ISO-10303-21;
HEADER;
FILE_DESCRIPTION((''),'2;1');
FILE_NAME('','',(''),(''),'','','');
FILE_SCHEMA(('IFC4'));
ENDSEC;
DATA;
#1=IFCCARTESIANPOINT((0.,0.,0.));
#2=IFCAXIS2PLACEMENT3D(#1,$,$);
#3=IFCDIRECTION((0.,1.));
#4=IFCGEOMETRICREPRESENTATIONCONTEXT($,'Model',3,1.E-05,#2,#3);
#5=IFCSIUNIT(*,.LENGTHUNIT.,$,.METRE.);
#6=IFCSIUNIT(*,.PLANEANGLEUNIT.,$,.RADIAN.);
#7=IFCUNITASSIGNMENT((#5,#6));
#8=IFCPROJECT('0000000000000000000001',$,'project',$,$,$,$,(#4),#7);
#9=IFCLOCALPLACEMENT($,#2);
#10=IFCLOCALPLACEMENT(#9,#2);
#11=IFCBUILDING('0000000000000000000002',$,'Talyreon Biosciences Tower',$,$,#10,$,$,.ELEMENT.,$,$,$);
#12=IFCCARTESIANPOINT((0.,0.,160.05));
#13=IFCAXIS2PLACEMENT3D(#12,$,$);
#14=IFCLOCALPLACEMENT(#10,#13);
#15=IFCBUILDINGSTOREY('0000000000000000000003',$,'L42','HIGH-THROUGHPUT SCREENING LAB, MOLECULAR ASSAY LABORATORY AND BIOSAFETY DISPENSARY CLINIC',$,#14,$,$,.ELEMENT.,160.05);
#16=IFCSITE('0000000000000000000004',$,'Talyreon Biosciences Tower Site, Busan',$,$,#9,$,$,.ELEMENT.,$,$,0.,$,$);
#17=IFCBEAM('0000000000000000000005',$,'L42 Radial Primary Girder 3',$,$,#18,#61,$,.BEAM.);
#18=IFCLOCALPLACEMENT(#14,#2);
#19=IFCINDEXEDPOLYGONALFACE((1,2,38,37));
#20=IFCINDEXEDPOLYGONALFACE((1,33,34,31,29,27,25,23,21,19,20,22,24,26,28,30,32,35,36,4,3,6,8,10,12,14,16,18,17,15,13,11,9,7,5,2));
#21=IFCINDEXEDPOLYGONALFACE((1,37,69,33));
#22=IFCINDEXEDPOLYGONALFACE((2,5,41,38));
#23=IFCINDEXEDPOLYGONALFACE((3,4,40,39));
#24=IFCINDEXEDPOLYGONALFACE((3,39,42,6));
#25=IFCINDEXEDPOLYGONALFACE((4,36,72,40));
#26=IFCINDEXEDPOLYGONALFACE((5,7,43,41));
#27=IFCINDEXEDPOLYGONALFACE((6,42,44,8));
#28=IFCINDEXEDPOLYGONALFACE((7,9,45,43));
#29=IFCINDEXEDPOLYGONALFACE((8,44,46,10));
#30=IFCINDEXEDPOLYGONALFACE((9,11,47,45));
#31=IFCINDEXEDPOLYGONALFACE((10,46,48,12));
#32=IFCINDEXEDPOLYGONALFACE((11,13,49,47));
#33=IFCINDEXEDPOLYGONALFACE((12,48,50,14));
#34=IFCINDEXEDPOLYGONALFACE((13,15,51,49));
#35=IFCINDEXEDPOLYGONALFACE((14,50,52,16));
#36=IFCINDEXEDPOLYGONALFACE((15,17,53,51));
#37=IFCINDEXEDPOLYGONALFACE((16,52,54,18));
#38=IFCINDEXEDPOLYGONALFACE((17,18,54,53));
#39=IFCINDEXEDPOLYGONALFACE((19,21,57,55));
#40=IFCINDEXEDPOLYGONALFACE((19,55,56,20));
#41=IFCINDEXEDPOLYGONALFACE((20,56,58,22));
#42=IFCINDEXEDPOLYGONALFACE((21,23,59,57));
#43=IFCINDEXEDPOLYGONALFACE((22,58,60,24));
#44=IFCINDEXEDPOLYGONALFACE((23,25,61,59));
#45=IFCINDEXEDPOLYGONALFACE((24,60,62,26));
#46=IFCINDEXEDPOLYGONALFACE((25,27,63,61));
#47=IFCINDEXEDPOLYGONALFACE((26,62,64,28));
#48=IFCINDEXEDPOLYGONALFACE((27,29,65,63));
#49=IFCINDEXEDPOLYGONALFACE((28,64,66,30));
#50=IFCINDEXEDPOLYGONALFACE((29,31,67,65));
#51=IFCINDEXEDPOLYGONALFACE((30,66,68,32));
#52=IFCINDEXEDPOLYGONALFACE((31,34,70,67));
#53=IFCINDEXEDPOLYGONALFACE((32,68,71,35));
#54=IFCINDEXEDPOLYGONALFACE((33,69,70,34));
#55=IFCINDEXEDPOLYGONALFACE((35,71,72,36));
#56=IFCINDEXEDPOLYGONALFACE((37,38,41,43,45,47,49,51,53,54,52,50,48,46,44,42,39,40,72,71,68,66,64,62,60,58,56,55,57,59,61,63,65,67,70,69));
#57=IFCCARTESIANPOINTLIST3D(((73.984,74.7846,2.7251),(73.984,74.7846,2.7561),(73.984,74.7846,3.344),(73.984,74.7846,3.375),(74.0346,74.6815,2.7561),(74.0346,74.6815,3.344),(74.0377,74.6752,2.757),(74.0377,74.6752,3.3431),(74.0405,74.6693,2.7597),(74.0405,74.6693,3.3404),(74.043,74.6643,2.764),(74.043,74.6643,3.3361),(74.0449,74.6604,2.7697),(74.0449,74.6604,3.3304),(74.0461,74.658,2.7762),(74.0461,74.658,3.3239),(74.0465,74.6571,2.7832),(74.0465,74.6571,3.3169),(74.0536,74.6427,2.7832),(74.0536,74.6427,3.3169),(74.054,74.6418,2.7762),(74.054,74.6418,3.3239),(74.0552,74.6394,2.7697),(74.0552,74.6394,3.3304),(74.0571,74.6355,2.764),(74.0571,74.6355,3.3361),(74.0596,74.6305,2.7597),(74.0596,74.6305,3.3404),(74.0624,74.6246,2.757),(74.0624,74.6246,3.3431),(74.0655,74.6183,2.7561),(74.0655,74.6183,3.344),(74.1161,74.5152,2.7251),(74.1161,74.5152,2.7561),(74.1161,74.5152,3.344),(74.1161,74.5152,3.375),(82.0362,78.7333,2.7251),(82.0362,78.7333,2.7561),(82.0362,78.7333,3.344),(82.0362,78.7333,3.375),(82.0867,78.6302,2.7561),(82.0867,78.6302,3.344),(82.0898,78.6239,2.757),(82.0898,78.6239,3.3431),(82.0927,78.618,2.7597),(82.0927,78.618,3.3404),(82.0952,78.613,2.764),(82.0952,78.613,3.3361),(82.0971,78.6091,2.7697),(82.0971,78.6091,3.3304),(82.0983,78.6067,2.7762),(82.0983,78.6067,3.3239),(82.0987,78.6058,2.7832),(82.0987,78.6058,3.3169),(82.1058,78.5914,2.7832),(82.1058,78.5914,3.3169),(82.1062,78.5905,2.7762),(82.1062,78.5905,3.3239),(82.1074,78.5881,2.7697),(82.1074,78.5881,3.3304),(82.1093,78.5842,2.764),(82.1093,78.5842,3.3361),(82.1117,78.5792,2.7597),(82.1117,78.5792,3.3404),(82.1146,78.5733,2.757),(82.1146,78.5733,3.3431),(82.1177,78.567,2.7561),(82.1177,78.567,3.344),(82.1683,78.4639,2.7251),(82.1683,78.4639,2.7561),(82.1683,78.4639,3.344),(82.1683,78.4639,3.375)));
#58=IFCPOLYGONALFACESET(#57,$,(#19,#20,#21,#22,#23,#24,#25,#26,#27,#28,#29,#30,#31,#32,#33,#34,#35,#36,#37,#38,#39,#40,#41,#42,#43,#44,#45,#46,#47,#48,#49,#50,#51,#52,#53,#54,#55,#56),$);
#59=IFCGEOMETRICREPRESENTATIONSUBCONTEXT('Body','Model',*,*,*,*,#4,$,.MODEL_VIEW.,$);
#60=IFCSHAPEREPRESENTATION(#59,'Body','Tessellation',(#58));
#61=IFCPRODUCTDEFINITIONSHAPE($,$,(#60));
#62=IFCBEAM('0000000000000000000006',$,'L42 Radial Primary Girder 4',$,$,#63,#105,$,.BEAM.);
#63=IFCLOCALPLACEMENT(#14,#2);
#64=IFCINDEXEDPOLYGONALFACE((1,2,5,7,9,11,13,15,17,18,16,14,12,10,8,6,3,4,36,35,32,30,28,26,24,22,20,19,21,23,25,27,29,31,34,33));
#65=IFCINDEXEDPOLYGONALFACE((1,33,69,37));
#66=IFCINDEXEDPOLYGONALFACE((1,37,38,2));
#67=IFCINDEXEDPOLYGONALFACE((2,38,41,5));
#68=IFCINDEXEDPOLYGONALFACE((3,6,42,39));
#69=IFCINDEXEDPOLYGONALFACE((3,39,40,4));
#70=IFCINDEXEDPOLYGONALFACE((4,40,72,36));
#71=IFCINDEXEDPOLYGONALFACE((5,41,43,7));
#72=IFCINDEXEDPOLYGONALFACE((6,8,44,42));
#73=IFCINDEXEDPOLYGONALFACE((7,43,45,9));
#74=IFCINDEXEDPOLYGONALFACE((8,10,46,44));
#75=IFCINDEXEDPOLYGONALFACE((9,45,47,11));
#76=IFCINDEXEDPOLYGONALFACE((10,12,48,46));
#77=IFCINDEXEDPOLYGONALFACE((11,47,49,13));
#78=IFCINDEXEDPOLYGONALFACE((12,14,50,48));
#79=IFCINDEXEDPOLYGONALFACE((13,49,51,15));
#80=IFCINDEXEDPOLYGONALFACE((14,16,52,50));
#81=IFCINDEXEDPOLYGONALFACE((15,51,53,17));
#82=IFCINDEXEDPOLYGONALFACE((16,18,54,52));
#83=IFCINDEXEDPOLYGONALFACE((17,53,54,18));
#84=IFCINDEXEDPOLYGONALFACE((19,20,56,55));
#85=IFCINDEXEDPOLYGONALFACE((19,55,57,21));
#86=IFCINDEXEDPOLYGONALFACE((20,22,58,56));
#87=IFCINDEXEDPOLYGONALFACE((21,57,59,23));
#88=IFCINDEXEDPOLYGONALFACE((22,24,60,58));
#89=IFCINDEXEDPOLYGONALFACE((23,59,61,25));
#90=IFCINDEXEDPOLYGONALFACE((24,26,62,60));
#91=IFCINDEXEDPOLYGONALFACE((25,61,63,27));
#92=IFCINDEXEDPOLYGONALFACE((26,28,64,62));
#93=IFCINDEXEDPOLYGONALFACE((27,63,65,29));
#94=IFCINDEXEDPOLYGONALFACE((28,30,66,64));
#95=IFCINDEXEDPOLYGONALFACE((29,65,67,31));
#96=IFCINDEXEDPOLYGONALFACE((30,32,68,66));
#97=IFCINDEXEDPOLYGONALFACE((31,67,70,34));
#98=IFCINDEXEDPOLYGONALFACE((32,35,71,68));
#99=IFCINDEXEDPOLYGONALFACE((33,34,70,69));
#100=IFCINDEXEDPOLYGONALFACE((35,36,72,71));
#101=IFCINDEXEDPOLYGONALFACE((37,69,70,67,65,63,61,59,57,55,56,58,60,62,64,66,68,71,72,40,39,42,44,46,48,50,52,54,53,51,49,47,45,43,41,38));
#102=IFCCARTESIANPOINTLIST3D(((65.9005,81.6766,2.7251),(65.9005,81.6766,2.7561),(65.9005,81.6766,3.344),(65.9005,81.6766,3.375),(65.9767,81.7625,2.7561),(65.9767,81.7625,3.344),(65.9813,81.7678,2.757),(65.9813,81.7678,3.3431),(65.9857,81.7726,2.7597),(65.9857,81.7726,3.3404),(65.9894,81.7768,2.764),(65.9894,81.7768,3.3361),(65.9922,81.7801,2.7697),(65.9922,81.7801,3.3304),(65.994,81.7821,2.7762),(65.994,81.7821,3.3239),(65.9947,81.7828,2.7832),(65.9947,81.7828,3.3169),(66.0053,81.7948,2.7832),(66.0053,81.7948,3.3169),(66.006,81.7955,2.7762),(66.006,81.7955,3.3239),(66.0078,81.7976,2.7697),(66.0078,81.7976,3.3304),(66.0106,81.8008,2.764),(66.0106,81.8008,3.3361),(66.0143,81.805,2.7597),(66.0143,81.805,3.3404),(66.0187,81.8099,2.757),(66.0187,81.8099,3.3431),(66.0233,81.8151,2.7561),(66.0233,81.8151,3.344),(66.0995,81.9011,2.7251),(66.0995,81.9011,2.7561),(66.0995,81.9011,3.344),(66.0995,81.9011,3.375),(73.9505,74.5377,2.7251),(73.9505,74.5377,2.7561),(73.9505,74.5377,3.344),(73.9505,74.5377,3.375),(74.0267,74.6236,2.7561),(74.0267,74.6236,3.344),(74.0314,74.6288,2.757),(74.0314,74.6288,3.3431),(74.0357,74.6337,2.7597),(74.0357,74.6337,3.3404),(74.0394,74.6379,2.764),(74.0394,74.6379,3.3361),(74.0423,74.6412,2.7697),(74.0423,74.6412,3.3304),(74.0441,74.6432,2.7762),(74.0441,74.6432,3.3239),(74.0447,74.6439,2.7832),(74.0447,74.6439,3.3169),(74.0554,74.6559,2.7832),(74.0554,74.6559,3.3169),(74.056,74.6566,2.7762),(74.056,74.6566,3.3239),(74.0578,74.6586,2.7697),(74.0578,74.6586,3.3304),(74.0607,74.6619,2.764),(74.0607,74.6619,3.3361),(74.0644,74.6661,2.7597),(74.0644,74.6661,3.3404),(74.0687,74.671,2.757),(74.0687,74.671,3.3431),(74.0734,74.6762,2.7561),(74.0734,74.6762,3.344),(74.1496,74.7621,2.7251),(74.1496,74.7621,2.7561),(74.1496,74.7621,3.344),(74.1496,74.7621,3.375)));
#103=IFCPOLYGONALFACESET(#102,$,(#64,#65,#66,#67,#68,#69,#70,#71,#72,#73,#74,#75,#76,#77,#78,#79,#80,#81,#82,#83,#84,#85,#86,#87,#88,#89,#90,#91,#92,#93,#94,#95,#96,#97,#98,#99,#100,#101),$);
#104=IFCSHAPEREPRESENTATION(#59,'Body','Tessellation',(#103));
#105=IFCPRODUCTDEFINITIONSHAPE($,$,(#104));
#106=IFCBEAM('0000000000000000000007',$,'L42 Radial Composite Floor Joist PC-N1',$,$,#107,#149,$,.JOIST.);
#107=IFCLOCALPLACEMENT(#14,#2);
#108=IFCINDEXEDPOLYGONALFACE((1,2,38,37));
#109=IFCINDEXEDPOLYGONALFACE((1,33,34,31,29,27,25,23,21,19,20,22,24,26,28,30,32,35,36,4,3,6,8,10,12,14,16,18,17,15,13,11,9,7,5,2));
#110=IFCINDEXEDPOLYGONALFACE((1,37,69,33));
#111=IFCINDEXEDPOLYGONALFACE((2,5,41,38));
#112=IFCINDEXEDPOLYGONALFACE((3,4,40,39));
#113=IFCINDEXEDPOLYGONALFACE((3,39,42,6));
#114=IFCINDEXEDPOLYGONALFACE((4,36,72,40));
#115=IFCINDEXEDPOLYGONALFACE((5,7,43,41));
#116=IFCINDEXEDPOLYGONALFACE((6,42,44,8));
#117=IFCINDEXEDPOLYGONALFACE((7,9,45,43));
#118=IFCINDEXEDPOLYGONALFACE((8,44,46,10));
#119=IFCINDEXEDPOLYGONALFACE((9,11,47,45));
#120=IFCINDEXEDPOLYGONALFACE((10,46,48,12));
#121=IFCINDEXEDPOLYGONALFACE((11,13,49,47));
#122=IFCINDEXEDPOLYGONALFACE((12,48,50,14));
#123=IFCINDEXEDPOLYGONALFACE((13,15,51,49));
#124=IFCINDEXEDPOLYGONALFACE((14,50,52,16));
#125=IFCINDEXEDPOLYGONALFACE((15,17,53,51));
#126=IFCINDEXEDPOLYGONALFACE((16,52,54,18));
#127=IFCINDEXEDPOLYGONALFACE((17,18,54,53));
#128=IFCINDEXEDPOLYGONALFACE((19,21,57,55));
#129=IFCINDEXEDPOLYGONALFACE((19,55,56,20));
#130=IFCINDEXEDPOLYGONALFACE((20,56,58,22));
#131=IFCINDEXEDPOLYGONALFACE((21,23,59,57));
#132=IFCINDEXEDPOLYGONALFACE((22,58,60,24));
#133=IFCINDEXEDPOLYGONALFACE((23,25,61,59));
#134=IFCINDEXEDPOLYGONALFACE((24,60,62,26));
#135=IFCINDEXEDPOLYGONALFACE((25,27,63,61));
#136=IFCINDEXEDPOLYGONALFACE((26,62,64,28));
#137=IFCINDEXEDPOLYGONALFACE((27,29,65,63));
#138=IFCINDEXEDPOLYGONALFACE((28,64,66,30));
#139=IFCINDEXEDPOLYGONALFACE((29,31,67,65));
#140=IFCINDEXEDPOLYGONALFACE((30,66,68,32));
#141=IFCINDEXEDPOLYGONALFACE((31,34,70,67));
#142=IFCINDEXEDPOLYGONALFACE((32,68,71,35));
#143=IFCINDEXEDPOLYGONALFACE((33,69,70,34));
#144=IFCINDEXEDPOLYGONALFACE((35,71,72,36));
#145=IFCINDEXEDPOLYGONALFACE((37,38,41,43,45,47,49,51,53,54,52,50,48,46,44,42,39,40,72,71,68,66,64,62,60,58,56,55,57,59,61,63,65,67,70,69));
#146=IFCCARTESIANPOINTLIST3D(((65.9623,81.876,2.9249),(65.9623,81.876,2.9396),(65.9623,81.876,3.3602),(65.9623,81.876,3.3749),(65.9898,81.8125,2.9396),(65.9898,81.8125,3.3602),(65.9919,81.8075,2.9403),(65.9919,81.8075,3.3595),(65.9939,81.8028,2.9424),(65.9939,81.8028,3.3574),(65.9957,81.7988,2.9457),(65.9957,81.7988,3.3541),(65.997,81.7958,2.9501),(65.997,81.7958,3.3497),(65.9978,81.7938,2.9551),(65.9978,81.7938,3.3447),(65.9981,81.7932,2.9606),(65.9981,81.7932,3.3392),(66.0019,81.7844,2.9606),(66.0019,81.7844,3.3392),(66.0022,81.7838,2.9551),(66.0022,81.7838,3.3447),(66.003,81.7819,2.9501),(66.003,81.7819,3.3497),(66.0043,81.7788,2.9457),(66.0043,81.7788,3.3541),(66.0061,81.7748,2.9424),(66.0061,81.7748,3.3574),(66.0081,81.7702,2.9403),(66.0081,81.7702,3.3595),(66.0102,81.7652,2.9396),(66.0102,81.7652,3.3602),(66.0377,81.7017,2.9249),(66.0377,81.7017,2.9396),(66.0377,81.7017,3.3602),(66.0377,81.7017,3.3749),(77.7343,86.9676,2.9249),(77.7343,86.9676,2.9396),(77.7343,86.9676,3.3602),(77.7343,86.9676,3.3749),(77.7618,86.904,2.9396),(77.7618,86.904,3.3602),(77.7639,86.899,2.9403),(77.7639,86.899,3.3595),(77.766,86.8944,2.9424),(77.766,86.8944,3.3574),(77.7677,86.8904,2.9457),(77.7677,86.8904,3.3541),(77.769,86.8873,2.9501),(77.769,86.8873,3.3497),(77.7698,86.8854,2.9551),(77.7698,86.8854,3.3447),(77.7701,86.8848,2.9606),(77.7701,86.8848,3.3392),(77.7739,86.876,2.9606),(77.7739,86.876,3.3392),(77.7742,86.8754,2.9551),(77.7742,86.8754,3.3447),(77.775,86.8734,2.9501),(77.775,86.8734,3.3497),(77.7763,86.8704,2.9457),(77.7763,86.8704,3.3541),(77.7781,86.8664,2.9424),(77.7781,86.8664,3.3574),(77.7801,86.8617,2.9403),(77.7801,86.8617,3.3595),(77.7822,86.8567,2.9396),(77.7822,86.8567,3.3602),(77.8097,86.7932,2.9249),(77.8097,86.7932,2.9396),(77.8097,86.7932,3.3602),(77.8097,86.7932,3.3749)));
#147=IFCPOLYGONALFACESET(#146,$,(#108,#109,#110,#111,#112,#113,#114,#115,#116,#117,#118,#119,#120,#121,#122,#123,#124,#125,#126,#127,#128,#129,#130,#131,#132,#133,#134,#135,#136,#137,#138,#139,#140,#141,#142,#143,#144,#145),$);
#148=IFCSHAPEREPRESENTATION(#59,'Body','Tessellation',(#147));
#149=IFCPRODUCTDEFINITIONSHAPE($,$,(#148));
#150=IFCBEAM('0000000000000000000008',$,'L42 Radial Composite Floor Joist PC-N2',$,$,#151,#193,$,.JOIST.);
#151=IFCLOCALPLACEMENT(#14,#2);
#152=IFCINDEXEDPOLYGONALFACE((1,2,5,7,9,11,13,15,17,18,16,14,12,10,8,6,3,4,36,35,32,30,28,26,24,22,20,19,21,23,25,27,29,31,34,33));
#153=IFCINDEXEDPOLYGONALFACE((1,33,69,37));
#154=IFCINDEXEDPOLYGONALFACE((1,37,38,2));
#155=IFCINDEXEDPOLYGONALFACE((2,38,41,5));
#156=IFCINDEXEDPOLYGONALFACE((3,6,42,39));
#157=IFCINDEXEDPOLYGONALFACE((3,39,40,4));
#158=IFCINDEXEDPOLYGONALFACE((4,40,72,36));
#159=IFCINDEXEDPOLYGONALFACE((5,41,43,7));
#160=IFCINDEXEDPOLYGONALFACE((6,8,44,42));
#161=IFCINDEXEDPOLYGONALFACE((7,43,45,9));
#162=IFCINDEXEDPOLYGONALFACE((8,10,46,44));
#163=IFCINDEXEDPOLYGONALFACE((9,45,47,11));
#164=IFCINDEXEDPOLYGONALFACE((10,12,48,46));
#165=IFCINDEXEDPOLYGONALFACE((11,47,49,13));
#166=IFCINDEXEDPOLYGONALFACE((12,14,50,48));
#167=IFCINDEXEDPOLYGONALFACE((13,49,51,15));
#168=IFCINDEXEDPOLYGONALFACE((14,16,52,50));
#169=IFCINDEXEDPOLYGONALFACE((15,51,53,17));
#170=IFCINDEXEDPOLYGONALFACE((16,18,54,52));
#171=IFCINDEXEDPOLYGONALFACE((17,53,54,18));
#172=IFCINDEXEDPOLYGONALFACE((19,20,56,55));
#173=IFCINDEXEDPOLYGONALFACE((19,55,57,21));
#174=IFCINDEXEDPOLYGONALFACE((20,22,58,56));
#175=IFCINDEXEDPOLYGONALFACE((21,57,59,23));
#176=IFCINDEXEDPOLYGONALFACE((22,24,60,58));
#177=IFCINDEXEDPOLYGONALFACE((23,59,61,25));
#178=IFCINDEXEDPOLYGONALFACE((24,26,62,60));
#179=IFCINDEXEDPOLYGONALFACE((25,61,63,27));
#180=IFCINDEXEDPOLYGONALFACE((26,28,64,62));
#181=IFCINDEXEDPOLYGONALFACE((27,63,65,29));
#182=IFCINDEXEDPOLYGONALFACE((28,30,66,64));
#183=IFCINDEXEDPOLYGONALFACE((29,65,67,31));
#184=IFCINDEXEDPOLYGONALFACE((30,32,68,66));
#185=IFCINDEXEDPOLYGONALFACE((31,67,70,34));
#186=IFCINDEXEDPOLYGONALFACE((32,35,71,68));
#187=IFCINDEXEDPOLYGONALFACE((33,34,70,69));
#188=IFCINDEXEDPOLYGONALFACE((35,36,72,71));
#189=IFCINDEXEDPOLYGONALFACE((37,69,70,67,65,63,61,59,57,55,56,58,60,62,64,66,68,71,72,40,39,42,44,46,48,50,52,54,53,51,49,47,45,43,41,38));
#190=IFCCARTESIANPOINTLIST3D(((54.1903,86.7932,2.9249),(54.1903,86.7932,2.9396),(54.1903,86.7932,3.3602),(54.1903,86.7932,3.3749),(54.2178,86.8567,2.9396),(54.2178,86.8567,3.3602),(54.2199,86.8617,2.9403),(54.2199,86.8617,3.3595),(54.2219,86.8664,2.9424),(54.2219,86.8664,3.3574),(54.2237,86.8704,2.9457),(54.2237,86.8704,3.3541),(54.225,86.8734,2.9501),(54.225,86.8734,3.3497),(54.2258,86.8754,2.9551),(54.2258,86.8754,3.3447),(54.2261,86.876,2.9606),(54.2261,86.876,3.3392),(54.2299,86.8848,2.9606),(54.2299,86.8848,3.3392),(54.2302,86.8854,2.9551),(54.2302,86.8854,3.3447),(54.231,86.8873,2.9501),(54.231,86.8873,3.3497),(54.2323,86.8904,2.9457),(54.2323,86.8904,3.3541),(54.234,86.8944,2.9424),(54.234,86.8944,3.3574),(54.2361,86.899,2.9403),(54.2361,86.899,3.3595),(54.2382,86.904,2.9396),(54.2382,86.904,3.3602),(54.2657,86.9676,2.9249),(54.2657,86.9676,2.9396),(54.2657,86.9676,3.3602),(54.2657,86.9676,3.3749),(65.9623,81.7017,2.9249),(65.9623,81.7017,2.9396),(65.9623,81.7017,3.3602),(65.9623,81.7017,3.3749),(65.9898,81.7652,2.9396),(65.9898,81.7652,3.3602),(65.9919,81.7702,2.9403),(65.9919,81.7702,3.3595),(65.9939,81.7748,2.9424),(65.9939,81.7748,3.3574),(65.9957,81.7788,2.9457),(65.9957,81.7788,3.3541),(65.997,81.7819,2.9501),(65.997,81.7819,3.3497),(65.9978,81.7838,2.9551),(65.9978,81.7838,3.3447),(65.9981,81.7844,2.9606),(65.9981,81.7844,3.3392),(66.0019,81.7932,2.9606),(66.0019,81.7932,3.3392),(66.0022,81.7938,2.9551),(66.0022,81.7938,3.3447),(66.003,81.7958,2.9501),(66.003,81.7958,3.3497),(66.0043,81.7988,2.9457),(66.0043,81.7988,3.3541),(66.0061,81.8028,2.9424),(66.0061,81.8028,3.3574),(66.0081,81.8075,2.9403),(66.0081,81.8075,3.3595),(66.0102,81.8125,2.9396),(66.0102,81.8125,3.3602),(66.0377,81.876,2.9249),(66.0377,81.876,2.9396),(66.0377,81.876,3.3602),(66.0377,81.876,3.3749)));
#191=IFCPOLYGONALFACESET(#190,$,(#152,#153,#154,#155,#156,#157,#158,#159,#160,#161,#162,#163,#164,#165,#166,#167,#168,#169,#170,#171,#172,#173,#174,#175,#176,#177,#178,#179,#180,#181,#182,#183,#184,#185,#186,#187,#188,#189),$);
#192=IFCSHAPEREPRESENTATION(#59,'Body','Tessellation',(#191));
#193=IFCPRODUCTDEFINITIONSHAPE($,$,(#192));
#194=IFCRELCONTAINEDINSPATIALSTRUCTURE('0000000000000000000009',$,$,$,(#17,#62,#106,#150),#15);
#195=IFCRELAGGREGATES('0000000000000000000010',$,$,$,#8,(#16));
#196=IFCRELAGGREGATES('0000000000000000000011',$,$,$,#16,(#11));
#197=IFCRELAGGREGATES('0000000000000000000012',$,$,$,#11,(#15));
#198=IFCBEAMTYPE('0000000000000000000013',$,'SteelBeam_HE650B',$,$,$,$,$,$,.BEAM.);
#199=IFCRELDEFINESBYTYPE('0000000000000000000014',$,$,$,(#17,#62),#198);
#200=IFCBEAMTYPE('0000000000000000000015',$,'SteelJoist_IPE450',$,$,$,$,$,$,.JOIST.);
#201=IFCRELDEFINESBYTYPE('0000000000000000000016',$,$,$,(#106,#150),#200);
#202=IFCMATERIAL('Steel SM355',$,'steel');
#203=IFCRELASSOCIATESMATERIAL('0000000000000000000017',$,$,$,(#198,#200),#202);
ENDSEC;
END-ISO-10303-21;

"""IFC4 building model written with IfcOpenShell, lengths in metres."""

from ifc_helpers import new_model, si_unit, direction, frame, origin, origin_2d, place, context, subcontext, project, spatial, i_section, extrude, material, material_profile, profile_set, type_object, element, save


model = new_model("IFC4")

# Units and contexts
model_context = context("Model", 3, precision=1e-05, world=origin(), true_north=direction((0.0, 1.0)))
body_context = subcontext(model_context, "Body", "Model", "MODEL_VIEW")
ifc_project = project(units=[si_unit("LENGTHUNIT", "METRE"), si_unit("PLANEANGLEUNIT", "RADIAN")], contexts=[model_context])

# Site, building, storey
site_placement = place(None, origin())
site = spatial("IfcSite", under=ifc_project, at=site_placement, Name="Talyreon Biosciences Tower Site, Busan", CompositionType="ELEMENT", RefElevation=0.0)
building_placement = place(site_placement, origin())
building = spatial("IfcBuilding", under=site, at=building_placement, Name="Talyreon Biosciences Tower", CompositionType="ELEMENT")
storey_placement = place(building_placement, frame((0.0, 0.0, 160.05)))
storey = spatial("IfcBuildingStorey", under=building, at=storey_placement, Name="L42", Description="HIGH-THROUGHPUT SCREENING LAB, MOLECULAR ASSAY LABORATORY AND BIOSAFETY DISPENSARY CLINIC", CompositionType="ELEMENT", Elevation=160.05)

# Beams
ifc_material_1 = material(Name="Steel SM355", Category="steel")
ifc_material_profile_1 = material_profile(ifc_material_1, i_section(OverallWidth=0.3, OverallDepth=0.6499, WebThickness=0.0161, FlangeThickness=0.031, FilletRadius=0.0271, at=origin_2d()), Name="HE650B")
ifc_profile_set_1 = profile_set([ifc_material_profile_1], Name="Steel SM355")
beam_type_1 = type_object("IfcBeamType", Name="SteelBeam_HE650B", PredefinedType="BEAM", material=ifc_profile_set_1)
beam_1_placement = place(storey_placement, frame((74.05, 74.6499, 3.05), z_axis=(0.897852, 0.440297, 0.0), x_axis=(-0.440297, 0.897852, 0.0)))
element("IfcBeam", 1, at=beam_1_placement, inside=storey, type_object=beam_type_1, Name="L42 Radial Primary Girder 3", PredefinedType="BEAM", context=body_context, shape_type="SweptSolid", body=[
    extrude(i_section(OverallWidth=0.3, OverallDepth=0.6499, WebThickness=0.0161, FlangeThickness=0.031, FilletRadius=0.0271, at=origin_2d()), origin(), (0.0, 0.0, 1.0), 8.9683),
])
beam_2_placement = place(storey_placement, frame((74.05, 74.6499, 3.05), z_axis=(-0.748179, 0.663497, 0.0), x_axis=(-0.663497, -0.748179, 0.0)))
element("IfcBeam", 2, at=beam_2_placement, inside=storey, type_object=beam_type_1, Name="L42 Radial Primary Girder 4", PredefinedType="BEAM", context=body_context, shape_type="SweptSolid", body=[
    extrude(i_section(OverallWidth=0.3, OverallDepth=0.6499, WebThickness=0.0161, FlangeThickness=0.031, FilletRadius=0.0271, at=origin_2d()), origin(), (0.0, 0.0, 1.0), 10.7595),
])
ifc_material_profile_2 = material_profile(ifc_material_1, i_section(OverallWidth=0.1899, OverallDepth=0.45, WebThickness=0.0095, FlangeThickness=0.0146, FilletRadius=0.021, at=origin_2d()), Name="IPE450")
ifc_profile_set_2 = profile_set([ifc_material_profile_2], Name="Steel SM355")
beam_type_2 = type_object("IfcBeamType", Name="SteelJoist_IPE450", PredefinedType="JOIST", material=ifc_profile_set_2)
for number, where, z_axis, x_axis, name in (
    (3, (66.0, 81.7888, 3.1499), (0.917829, 0.396975, 0.0), (-0.396975, 0.917829, 0.0), "L42 Radial Composite Floor Joist PC-N1"),
    (4, (66.0, 81.7888, 3.1499), (-0.917829, 0.396975, 0.0), (-0.396975, -0.917829, 0.0), "L42 Radial Composite Floor Joist PC-N2"),
):
    element("IfcBeam", number, at=place(storey_placement, frame(where, z_axis=z_axis, x_axis=x_axis)), inside=storey, type_object=beam_type_2, Name=name, PredefinedType="JOIST", context=body_context, shape_type="SweptSolid", body=[
        extrude(i_section(OverallWidth=0.1899, OverallDepth=0.45, WebThickness=0.0095, FlangeThickness=0.0146, FilletRadius=0.021, at=origin_2d()), origin(), (0.0, 0.0, 1.0), 12.8259),
    ])

save(model, "model.ifc")
